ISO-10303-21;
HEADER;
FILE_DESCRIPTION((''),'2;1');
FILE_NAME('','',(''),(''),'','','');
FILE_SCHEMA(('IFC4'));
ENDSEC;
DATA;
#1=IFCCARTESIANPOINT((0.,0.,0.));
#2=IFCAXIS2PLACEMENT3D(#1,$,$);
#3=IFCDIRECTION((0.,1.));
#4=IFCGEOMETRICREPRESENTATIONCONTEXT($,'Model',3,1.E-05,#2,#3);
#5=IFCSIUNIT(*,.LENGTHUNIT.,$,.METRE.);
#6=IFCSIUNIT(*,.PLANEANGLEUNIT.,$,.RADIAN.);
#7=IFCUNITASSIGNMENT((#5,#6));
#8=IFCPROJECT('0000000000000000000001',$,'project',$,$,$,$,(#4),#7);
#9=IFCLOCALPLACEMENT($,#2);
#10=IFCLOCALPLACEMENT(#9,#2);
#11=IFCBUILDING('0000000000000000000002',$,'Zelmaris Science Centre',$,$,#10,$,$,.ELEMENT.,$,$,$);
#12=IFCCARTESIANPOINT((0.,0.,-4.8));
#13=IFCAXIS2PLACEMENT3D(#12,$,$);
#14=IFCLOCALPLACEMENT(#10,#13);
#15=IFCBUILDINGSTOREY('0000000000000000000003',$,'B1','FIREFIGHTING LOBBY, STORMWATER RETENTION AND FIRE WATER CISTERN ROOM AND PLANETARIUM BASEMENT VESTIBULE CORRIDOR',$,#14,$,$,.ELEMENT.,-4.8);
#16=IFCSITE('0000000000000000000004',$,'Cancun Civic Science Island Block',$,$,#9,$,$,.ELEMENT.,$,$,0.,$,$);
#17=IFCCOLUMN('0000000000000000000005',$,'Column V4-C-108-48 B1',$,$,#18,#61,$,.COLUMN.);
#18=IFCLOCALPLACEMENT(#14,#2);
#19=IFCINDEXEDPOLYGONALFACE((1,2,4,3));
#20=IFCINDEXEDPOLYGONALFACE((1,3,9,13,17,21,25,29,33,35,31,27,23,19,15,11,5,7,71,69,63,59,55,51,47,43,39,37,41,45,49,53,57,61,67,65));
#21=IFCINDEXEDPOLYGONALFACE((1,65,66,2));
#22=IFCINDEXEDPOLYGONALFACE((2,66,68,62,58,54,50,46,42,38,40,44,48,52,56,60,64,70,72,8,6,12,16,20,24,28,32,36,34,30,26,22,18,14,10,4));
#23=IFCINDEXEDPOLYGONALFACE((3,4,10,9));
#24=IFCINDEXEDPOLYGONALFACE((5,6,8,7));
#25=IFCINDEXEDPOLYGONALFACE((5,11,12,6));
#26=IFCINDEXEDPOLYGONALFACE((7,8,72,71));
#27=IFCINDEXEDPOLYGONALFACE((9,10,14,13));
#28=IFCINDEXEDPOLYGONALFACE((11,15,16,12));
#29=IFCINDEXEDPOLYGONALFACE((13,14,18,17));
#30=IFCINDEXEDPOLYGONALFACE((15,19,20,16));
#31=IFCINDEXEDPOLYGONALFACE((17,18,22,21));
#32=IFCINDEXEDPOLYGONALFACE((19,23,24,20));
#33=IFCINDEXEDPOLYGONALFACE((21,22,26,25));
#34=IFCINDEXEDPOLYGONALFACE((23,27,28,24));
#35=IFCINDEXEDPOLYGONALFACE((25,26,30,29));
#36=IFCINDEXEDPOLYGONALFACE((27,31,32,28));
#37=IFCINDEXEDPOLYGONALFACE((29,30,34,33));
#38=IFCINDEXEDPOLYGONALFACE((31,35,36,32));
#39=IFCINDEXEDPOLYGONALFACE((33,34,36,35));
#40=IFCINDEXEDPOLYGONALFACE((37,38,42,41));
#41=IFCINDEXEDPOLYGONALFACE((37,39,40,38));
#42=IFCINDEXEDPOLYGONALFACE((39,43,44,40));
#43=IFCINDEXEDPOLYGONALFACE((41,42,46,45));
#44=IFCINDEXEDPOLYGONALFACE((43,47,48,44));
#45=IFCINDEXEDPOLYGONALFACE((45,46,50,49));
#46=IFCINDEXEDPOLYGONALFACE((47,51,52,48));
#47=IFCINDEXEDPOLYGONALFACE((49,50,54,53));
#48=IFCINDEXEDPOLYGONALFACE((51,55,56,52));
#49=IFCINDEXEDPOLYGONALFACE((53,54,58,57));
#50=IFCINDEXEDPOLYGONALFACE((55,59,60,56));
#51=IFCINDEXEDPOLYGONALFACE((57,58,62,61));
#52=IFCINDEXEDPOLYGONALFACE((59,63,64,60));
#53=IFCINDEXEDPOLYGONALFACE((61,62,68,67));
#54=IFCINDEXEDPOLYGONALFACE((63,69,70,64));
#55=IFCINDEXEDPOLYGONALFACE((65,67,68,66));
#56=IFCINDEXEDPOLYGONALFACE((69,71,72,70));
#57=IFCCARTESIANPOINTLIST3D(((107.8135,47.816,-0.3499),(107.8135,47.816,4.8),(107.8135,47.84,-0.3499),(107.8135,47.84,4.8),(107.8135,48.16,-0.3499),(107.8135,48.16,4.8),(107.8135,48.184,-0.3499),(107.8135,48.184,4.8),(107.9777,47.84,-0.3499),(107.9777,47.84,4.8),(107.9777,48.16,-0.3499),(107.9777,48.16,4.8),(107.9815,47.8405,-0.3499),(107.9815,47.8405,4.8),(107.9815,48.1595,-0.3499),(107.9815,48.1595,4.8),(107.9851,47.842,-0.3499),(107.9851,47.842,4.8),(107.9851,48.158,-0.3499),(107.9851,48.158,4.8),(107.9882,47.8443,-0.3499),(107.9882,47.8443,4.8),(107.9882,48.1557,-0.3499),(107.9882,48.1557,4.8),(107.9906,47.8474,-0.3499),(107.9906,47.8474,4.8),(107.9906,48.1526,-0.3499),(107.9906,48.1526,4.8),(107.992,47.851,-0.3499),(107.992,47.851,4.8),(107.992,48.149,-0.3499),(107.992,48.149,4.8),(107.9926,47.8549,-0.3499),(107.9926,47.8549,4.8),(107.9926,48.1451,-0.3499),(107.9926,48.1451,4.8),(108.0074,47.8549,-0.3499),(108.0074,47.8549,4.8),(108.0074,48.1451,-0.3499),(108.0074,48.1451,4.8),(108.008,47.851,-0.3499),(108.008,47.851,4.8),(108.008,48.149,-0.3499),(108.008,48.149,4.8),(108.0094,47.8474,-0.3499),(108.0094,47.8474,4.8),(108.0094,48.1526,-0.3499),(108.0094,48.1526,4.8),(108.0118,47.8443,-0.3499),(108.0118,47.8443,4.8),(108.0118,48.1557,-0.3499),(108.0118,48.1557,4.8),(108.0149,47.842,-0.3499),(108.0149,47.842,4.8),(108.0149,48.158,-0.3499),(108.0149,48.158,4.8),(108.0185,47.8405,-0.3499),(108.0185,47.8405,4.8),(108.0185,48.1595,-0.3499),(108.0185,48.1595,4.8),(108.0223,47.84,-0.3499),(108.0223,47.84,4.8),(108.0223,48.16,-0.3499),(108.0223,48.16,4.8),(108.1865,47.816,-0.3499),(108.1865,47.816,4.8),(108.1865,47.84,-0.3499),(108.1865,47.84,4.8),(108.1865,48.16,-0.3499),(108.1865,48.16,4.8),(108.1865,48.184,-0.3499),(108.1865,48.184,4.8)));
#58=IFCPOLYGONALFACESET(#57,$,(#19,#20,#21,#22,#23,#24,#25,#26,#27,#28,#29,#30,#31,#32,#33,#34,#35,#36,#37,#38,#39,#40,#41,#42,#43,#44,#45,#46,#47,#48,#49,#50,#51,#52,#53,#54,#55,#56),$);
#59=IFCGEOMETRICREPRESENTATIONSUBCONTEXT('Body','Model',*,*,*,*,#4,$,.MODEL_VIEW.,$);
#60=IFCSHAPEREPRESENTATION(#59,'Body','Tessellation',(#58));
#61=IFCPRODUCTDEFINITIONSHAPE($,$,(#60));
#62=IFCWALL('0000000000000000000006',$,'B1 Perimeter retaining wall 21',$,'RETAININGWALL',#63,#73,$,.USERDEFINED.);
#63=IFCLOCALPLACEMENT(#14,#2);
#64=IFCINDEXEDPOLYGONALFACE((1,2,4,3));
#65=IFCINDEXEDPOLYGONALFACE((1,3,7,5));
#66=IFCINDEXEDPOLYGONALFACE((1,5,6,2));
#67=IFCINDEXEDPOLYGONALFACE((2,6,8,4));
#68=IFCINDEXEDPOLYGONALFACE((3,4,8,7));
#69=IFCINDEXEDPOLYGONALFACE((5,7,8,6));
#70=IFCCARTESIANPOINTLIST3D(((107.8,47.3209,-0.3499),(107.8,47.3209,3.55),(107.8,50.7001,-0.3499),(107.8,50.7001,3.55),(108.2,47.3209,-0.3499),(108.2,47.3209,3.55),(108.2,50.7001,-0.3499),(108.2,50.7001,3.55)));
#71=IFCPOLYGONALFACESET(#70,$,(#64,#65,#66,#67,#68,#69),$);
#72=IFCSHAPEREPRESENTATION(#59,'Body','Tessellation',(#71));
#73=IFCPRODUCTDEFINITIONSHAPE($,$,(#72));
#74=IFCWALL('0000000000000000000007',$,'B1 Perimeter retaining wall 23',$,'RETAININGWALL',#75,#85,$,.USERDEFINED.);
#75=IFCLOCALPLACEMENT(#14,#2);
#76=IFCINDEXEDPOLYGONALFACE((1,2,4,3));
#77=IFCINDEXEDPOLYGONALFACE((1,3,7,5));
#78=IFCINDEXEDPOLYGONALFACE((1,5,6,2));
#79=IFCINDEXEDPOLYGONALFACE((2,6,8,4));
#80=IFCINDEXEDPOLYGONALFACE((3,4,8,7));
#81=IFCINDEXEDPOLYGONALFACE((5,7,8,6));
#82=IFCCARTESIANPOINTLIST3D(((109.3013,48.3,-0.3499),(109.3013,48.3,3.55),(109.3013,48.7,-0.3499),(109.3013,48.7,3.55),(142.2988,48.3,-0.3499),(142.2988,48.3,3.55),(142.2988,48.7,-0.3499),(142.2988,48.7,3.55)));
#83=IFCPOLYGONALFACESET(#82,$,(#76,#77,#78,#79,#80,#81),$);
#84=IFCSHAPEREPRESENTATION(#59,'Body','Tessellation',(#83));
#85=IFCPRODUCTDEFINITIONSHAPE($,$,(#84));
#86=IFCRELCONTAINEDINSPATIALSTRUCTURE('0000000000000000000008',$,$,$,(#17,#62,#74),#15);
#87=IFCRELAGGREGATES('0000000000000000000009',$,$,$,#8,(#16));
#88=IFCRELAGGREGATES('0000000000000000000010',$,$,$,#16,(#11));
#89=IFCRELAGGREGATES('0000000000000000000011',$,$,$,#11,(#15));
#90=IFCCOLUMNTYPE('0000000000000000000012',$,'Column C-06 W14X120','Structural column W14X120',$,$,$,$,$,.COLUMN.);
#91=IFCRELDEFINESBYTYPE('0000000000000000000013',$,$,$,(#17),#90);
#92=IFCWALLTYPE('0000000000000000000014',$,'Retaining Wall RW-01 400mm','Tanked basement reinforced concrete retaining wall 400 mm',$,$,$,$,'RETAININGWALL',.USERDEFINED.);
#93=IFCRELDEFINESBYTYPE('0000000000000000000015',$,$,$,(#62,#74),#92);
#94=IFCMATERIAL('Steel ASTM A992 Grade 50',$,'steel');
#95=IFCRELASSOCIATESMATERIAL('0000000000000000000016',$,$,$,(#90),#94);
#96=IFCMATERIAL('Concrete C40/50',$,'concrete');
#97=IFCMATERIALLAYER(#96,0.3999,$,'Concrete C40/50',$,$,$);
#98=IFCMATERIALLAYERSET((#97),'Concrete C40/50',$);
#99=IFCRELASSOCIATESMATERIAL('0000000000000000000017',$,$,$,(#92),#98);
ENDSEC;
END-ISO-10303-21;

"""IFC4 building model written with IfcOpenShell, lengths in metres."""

from ifc_helpers import new_model, si_unit, direction, frame, frame_2d, origin, origin_2d, place, context, subcontext, project, spatial, rectangle, i_section, extrude, material, layer, layer_set, material_profile, profile_set, type_object, element, save


model = new_model("IFC4")

# Units and contexts
model_context = context("Model", 3, precision=1e-05, world=origin(), true_north=direction((0.0, 1.0)))
body_context = subcontext(model_context, "Body", "Model", "MODEL_VIEW")
ifc_project = project(units=[si_unit("LENGTHUNIT", "METRE"), si_unit("PLANEANGLEUNIT", "RADIAN")], contexts=[model_context])

# Site, building, storey
site_placement = place(None, origin())
site = spatial("IfcSite", under=ifc_project, at=site_placement, Name="Cancun Civic Science Island Block", CompositionType="ELEMENT", RefElevation=0.0)
building_placement = place(site_placement, origin())
building = spatial("IfcBuilding", under=site, at=building_placement, Name="Zelmaris Science Centre", CompositionType="ELEMENT")
storey_placement = place(building_placement, frame((0.0, 0.0, -4.8)))
storey = spatial("IfcBuildingStorey", under=building, at=storey_placement, Name="B1", Description="FIREFIGHTING LOBBY, STORMWATER RETENTION AND FIRE WATER CISTERN ROOM AND PLANETARIUM BASEMENT VESTIBULE CORRIDOR", CompositionType="ELEMENT", Elevation=-4.8)

# Shared definitions
ifc_material_1 = material(Name="Concrete C40/50", Category="concrete")

# Column
ifc_material_2 = material(Name="Steel ASTM A992 Grade 50", Category="steel")
ifc_material_profile_1 = material_profile(ifc_material_2, i_section(OverallWidth=0.373, OverallDepth=0.3679, WebThickness=0.0149, FlangeThickness=0.0239, FilletRadius=0.0149, at=origin_2d()), Name="W14X120")
ifc_profile_set_1 = profile_set([ifc_material_profile_1], Name="Steel ASTM A992 Grade 50")
column_type_1 = type_object("IfcColumnType", Name="Column C-06 W14X120", Description="Structural column W14X120", PredefinedType="COLUMN", material=ifc_profile_set_1)
column_placement = place(storey_placement, frame((108.0, 48.0, -0.3499), z_axis=(0.0, 0.0, 1.0), x_axis=(1.0, 0.0, 0.0)))
element("IfcColumn", 1, at=column_placement, inside=storey, type_object=column_type_1, Name="Column V4-C-108-48 B1", PredefinedType="COLUMN", context=body_context, shape_type="SweptSolid", body=[
    extrude(i_section(OverallWidth=0.373, OverallDepth=0.3679, WebThickness=0.0149, FlangeThickness=0.0239, FilletRadius=0.0149, at=origin_2d()), origin(), (0.0, 0.0, 1.0), 5.1499),
])

# Walls
ifc_layer = layer(ifc_material_1, 0.3999, Name="Concrete C40/50")
ifc_layer_set = layer_set([ifc_layer], Name="Concrete C40/50")
wall_type = type_object("IfcWallType", Name="Retaining Wall RW-01 400mm", Description="Tanked basement reinforced concrete retaining wall 400 mm", ElementType="RETAININGWALL", PredefinedType="USERDEFINED", material=ifc_layer_set)
wall_1_placement = place(storey_placement, frame((108.0, 50.7, -0.3499), z_axis=(0.0, 0.0, 1.0), x_axis=(0.0, -1.0, 0.0)))
element("IfcWall", 2, at=wall_1_placement, inside=storey, type_object=wall_type, Name="B1 Perimeter retaining wall 21", ObjectType="RETAININGWALL", PredefinedType="USERDEFINED", context=body_context, shape_type="SweptSolid", body=[
    extrude(rectangle(XDim=3.3792, YDim=0.3999, at=frame_2d((1.6895, 0.0))), origin(), (0.0, 0.0, 1.0), 3.8999),
])
wall_2_placement = place(storey_placement, frame((109.3013, 48.5, -0.3499), z_axis=(0.0, 0.0, 1.0), x_axis=(1.0, 0.0, 0.0)))
element("IfcWall", 3, at=wall_2_placement, inside=storey, type_object=wall_type, Name="B1 Perimeter retaining wall 23", ObjectType="RETAININGWALL", PredefinedType="USERDEFINED", context=body_context, shape_type="SweptSolid", body=[
    extrude(rectangle(XDim=32.9976, YDim=0.3999, at=frame_2d((16.4988, 0.0))), origin(), (0.0, 0.0, 1.0), 3.8999),
])

save(model, "model.ifc")
